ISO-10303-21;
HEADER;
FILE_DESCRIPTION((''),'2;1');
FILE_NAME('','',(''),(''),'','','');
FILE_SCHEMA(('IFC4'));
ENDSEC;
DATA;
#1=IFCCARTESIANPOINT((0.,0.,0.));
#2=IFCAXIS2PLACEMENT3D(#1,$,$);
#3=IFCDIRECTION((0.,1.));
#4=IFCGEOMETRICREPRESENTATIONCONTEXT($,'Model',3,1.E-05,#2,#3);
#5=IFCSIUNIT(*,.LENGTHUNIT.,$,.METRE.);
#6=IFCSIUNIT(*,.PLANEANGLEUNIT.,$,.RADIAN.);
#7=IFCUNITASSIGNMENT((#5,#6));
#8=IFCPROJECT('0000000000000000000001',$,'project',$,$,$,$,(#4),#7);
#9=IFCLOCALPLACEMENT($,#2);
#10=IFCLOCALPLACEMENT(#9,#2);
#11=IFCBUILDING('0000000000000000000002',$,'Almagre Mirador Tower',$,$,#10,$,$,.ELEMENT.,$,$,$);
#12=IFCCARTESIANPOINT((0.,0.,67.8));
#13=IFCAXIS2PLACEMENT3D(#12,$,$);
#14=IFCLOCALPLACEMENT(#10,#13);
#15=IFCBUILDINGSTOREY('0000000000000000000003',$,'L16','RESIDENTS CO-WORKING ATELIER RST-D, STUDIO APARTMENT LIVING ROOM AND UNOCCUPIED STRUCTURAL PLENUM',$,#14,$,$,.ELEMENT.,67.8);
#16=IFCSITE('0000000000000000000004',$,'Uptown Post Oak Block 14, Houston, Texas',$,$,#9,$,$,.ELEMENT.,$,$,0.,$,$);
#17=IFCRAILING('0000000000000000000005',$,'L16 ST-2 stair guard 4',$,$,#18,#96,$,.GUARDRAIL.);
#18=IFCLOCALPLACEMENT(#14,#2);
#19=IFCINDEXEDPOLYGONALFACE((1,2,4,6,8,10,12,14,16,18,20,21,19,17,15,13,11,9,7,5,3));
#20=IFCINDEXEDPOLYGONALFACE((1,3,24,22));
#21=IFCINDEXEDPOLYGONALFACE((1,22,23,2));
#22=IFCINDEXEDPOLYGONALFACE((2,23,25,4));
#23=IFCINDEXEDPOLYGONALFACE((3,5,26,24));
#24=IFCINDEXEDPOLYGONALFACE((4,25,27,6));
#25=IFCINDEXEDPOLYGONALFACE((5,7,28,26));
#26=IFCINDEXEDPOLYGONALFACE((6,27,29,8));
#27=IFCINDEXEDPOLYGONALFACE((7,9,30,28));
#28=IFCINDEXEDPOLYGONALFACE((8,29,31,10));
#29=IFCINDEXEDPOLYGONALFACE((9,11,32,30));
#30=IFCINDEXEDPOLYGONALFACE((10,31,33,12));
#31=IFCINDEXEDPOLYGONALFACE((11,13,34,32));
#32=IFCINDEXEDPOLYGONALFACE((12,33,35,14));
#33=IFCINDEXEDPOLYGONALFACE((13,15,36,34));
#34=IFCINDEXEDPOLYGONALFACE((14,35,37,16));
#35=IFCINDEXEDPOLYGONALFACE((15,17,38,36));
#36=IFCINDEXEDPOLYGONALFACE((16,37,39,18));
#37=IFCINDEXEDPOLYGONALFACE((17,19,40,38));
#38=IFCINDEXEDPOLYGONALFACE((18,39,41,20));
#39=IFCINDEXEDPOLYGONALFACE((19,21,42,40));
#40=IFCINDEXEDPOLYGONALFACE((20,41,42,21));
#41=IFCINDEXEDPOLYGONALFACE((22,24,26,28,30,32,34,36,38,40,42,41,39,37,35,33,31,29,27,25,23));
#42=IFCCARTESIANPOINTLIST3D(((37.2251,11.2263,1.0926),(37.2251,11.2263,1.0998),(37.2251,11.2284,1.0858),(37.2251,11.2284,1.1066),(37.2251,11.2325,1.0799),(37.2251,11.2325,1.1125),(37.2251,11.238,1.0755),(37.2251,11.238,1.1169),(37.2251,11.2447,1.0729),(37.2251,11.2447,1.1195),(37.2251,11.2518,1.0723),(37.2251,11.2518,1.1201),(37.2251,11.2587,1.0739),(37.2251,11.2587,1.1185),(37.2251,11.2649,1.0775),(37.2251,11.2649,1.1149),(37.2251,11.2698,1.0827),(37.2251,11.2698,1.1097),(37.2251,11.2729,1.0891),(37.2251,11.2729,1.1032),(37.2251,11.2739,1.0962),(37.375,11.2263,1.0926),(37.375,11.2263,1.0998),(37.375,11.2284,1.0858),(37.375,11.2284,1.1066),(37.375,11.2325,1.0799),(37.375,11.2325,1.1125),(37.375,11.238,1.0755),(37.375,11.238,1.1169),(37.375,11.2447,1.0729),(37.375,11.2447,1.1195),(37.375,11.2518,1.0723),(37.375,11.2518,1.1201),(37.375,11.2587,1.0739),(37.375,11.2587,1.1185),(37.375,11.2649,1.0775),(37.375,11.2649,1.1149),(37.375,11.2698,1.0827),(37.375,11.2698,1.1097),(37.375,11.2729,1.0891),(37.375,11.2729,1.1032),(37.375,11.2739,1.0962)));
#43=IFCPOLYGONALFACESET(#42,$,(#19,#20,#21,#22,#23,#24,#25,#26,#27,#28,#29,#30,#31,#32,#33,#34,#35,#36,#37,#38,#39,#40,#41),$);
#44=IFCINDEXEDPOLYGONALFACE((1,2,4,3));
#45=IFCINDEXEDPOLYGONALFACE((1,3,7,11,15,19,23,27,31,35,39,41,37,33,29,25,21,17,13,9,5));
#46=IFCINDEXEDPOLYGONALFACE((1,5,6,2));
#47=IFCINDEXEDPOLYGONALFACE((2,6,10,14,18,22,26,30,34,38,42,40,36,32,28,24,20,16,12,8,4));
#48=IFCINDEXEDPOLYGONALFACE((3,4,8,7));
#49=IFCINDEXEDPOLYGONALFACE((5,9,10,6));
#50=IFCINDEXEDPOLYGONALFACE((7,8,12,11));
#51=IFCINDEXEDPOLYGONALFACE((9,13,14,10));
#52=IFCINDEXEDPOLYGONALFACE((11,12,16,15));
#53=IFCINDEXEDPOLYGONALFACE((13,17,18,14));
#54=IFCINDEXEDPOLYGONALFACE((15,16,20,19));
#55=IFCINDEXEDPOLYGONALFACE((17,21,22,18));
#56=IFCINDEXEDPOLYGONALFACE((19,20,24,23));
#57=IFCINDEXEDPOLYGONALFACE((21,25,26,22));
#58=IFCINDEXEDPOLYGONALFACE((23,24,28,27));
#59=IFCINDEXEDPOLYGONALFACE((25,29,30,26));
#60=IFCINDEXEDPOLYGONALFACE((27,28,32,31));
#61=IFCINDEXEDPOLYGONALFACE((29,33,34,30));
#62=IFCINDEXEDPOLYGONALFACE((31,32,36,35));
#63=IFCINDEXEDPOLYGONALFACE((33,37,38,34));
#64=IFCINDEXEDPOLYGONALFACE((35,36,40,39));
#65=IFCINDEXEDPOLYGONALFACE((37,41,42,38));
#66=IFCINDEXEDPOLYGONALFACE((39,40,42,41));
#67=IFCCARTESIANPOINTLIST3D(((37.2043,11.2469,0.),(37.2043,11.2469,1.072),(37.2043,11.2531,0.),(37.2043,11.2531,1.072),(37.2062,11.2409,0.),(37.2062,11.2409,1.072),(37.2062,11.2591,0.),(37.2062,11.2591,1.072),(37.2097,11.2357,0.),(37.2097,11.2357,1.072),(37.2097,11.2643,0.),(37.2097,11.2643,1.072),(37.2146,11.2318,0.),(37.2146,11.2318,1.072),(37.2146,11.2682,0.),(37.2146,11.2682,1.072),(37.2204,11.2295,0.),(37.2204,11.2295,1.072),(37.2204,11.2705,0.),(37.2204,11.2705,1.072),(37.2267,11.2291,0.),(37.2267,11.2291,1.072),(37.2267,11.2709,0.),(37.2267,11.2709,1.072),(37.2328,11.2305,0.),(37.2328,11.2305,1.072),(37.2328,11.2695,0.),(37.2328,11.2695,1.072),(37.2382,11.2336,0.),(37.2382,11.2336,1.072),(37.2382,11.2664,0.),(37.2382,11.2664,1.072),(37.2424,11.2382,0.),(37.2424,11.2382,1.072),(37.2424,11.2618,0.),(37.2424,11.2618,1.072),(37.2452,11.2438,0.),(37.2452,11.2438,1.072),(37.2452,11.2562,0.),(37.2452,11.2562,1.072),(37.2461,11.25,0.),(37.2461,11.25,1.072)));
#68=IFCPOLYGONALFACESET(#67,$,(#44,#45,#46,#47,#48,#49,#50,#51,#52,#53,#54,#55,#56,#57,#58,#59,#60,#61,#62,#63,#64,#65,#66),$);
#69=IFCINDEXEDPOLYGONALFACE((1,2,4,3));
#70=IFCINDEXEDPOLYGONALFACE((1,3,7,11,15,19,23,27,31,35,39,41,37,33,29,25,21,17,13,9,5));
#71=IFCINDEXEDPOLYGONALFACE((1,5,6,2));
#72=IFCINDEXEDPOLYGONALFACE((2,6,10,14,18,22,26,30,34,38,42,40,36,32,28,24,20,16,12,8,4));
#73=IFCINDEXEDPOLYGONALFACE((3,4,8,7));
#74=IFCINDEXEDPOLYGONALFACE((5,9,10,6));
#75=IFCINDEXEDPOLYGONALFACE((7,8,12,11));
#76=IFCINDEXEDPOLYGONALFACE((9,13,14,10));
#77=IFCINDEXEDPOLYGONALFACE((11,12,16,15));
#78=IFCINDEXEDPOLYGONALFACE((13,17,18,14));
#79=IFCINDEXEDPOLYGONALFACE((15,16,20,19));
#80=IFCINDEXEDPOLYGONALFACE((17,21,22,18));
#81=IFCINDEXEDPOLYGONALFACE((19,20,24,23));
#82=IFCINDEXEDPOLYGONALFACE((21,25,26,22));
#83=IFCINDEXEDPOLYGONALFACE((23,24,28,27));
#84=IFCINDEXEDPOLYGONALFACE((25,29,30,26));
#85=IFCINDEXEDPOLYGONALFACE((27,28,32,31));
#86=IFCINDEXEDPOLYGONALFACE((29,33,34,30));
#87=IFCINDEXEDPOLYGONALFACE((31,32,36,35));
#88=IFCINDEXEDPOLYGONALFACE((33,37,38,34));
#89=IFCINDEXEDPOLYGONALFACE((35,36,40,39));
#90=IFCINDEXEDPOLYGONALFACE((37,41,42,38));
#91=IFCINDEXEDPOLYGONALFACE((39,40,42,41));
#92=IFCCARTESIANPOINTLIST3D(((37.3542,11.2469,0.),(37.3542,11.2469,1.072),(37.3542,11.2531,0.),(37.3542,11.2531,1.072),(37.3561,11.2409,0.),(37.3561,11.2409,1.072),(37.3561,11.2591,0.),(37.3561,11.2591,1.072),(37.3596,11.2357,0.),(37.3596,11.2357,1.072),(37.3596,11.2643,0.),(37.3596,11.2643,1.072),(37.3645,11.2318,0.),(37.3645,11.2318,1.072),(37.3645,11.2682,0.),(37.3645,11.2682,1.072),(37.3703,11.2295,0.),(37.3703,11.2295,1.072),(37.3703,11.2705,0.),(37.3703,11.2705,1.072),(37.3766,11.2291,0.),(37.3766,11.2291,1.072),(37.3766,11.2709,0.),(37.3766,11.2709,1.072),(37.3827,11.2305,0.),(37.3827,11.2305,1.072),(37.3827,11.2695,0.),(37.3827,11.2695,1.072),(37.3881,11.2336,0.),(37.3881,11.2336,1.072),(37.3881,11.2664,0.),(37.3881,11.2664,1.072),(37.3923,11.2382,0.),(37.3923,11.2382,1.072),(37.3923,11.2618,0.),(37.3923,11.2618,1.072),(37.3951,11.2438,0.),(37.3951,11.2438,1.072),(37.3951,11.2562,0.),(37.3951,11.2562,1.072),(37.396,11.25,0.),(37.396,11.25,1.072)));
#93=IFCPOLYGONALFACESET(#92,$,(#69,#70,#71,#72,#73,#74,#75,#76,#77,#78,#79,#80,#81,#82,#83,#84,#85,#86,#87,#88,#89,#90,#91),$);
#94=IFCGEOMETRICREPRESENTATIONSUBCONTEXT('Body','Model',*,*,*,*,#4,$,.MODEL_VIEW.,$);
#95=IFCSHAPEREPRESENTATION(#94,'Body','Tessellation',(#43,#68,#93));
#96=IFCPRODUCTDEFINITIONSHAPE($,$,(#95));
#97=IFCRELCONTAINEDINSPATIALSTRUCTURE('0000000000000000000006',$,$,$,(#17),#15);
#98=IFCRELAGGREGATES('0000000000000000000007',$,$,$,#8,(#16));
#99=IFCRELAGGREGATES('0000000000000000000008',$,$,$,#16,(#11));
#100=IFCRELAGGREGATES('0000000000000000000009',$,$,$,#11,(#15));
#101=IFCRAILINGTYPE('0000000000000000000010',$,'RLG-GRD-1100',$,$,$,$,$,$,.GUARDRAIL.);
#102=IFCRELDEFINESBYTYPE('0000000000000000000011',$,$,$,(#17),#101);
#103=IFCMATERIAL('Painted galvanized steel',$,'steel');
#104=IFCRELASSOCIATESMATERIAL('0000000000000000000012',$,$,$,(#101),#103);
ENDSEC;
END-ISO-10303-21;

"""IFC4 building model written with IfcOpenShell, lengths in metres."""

from ifc_helpers import new_model, si_unit, direction, frame, origin, origin_2d, place, context, subcontext, project, spatial, circle, extrude, material, type_object, element, save


model = new_model("IFC4")

# Units and contexts
model_context = context("Model", 3, precision=1e-05, world=origin(), true_north=direction((0.0, 1.0)))
body_context = subcontext(model_context, "Body", "Model", "MODEL_VIEW")
ifc_project = project(units=[si_unit("LENGTHUNIT", "METRE"), si_unit("PLANEANGLEUNIT", "RADIAN")], contexts=[model_context])

# Site, building, storey
site_placement = place(None, origin())
site = spatial("IfcSite", under=ifc_project, at=site_placement, Name="Uptown Post Oak Block 14, Houston, Texas", CompositionType="ELEMENT", RefElevation=0.0)
building_placement = place(site_placement, origin())
building = spatial("IfcBuilding", under=site, at=building_placement, Name="Almagre Mirador Tower", CompositionType="ELEMENT")
storey_placement = place(building_placement, frame((0.0, 0.0, 67.8)))
storey = spatial("IfcBuildingStorey", under=building, at=storey_placement, Name="L16", Description="RESIDENTS CO-WORKING ATELIER RST-D, STUDIO APARTMENT LIVING ROOM AND UNOCCUPIED STRUCTURAL PLENUM", CompositionType="ELEMENT", Elevation=67.8)

# Railing
ifc_material_1 = material(Name="Painted galvanized steel", Category="steel")
railing_type_1 = type_object("IfcRailingType", Name="RLG-GRD-1100", PredefinedType="GUARDRAIL", material=ifc_material_1)
railing_1_placement = place(storey_placement, frame((37.2251, 11.25, 0.0)))
element("IfcRailing", 1, at=railing_1_placement, inside=storey, type_object=railing_type_1, Name="L16 ST-2 stair guard 4", PredefinedType="GUARDRAIL", context=body_context, shape_type="SweptSolid", body=[
    extrude(circle(Radius=0.0239, at=origin_2d()), frame((0.0, 0.0, 1.0962), z_axis=(1.0, 0.0, 0.0), x_axis=(0.0, 1.0, 0.0)), (0.0, 0.0, 1.0), 0.1499),
    extrude(circle(Radius=0.021, at=origin_2d()), origin(), (0.0, 0.0, 1.0), 1.072),
    extrude(circle(Radius=0.021, at=origin_2d()), frame((0.1499, 0.0, 0.0)), (0.0, 0.0, 1.0), 1.072),
])

save(model, "model.ifc")
